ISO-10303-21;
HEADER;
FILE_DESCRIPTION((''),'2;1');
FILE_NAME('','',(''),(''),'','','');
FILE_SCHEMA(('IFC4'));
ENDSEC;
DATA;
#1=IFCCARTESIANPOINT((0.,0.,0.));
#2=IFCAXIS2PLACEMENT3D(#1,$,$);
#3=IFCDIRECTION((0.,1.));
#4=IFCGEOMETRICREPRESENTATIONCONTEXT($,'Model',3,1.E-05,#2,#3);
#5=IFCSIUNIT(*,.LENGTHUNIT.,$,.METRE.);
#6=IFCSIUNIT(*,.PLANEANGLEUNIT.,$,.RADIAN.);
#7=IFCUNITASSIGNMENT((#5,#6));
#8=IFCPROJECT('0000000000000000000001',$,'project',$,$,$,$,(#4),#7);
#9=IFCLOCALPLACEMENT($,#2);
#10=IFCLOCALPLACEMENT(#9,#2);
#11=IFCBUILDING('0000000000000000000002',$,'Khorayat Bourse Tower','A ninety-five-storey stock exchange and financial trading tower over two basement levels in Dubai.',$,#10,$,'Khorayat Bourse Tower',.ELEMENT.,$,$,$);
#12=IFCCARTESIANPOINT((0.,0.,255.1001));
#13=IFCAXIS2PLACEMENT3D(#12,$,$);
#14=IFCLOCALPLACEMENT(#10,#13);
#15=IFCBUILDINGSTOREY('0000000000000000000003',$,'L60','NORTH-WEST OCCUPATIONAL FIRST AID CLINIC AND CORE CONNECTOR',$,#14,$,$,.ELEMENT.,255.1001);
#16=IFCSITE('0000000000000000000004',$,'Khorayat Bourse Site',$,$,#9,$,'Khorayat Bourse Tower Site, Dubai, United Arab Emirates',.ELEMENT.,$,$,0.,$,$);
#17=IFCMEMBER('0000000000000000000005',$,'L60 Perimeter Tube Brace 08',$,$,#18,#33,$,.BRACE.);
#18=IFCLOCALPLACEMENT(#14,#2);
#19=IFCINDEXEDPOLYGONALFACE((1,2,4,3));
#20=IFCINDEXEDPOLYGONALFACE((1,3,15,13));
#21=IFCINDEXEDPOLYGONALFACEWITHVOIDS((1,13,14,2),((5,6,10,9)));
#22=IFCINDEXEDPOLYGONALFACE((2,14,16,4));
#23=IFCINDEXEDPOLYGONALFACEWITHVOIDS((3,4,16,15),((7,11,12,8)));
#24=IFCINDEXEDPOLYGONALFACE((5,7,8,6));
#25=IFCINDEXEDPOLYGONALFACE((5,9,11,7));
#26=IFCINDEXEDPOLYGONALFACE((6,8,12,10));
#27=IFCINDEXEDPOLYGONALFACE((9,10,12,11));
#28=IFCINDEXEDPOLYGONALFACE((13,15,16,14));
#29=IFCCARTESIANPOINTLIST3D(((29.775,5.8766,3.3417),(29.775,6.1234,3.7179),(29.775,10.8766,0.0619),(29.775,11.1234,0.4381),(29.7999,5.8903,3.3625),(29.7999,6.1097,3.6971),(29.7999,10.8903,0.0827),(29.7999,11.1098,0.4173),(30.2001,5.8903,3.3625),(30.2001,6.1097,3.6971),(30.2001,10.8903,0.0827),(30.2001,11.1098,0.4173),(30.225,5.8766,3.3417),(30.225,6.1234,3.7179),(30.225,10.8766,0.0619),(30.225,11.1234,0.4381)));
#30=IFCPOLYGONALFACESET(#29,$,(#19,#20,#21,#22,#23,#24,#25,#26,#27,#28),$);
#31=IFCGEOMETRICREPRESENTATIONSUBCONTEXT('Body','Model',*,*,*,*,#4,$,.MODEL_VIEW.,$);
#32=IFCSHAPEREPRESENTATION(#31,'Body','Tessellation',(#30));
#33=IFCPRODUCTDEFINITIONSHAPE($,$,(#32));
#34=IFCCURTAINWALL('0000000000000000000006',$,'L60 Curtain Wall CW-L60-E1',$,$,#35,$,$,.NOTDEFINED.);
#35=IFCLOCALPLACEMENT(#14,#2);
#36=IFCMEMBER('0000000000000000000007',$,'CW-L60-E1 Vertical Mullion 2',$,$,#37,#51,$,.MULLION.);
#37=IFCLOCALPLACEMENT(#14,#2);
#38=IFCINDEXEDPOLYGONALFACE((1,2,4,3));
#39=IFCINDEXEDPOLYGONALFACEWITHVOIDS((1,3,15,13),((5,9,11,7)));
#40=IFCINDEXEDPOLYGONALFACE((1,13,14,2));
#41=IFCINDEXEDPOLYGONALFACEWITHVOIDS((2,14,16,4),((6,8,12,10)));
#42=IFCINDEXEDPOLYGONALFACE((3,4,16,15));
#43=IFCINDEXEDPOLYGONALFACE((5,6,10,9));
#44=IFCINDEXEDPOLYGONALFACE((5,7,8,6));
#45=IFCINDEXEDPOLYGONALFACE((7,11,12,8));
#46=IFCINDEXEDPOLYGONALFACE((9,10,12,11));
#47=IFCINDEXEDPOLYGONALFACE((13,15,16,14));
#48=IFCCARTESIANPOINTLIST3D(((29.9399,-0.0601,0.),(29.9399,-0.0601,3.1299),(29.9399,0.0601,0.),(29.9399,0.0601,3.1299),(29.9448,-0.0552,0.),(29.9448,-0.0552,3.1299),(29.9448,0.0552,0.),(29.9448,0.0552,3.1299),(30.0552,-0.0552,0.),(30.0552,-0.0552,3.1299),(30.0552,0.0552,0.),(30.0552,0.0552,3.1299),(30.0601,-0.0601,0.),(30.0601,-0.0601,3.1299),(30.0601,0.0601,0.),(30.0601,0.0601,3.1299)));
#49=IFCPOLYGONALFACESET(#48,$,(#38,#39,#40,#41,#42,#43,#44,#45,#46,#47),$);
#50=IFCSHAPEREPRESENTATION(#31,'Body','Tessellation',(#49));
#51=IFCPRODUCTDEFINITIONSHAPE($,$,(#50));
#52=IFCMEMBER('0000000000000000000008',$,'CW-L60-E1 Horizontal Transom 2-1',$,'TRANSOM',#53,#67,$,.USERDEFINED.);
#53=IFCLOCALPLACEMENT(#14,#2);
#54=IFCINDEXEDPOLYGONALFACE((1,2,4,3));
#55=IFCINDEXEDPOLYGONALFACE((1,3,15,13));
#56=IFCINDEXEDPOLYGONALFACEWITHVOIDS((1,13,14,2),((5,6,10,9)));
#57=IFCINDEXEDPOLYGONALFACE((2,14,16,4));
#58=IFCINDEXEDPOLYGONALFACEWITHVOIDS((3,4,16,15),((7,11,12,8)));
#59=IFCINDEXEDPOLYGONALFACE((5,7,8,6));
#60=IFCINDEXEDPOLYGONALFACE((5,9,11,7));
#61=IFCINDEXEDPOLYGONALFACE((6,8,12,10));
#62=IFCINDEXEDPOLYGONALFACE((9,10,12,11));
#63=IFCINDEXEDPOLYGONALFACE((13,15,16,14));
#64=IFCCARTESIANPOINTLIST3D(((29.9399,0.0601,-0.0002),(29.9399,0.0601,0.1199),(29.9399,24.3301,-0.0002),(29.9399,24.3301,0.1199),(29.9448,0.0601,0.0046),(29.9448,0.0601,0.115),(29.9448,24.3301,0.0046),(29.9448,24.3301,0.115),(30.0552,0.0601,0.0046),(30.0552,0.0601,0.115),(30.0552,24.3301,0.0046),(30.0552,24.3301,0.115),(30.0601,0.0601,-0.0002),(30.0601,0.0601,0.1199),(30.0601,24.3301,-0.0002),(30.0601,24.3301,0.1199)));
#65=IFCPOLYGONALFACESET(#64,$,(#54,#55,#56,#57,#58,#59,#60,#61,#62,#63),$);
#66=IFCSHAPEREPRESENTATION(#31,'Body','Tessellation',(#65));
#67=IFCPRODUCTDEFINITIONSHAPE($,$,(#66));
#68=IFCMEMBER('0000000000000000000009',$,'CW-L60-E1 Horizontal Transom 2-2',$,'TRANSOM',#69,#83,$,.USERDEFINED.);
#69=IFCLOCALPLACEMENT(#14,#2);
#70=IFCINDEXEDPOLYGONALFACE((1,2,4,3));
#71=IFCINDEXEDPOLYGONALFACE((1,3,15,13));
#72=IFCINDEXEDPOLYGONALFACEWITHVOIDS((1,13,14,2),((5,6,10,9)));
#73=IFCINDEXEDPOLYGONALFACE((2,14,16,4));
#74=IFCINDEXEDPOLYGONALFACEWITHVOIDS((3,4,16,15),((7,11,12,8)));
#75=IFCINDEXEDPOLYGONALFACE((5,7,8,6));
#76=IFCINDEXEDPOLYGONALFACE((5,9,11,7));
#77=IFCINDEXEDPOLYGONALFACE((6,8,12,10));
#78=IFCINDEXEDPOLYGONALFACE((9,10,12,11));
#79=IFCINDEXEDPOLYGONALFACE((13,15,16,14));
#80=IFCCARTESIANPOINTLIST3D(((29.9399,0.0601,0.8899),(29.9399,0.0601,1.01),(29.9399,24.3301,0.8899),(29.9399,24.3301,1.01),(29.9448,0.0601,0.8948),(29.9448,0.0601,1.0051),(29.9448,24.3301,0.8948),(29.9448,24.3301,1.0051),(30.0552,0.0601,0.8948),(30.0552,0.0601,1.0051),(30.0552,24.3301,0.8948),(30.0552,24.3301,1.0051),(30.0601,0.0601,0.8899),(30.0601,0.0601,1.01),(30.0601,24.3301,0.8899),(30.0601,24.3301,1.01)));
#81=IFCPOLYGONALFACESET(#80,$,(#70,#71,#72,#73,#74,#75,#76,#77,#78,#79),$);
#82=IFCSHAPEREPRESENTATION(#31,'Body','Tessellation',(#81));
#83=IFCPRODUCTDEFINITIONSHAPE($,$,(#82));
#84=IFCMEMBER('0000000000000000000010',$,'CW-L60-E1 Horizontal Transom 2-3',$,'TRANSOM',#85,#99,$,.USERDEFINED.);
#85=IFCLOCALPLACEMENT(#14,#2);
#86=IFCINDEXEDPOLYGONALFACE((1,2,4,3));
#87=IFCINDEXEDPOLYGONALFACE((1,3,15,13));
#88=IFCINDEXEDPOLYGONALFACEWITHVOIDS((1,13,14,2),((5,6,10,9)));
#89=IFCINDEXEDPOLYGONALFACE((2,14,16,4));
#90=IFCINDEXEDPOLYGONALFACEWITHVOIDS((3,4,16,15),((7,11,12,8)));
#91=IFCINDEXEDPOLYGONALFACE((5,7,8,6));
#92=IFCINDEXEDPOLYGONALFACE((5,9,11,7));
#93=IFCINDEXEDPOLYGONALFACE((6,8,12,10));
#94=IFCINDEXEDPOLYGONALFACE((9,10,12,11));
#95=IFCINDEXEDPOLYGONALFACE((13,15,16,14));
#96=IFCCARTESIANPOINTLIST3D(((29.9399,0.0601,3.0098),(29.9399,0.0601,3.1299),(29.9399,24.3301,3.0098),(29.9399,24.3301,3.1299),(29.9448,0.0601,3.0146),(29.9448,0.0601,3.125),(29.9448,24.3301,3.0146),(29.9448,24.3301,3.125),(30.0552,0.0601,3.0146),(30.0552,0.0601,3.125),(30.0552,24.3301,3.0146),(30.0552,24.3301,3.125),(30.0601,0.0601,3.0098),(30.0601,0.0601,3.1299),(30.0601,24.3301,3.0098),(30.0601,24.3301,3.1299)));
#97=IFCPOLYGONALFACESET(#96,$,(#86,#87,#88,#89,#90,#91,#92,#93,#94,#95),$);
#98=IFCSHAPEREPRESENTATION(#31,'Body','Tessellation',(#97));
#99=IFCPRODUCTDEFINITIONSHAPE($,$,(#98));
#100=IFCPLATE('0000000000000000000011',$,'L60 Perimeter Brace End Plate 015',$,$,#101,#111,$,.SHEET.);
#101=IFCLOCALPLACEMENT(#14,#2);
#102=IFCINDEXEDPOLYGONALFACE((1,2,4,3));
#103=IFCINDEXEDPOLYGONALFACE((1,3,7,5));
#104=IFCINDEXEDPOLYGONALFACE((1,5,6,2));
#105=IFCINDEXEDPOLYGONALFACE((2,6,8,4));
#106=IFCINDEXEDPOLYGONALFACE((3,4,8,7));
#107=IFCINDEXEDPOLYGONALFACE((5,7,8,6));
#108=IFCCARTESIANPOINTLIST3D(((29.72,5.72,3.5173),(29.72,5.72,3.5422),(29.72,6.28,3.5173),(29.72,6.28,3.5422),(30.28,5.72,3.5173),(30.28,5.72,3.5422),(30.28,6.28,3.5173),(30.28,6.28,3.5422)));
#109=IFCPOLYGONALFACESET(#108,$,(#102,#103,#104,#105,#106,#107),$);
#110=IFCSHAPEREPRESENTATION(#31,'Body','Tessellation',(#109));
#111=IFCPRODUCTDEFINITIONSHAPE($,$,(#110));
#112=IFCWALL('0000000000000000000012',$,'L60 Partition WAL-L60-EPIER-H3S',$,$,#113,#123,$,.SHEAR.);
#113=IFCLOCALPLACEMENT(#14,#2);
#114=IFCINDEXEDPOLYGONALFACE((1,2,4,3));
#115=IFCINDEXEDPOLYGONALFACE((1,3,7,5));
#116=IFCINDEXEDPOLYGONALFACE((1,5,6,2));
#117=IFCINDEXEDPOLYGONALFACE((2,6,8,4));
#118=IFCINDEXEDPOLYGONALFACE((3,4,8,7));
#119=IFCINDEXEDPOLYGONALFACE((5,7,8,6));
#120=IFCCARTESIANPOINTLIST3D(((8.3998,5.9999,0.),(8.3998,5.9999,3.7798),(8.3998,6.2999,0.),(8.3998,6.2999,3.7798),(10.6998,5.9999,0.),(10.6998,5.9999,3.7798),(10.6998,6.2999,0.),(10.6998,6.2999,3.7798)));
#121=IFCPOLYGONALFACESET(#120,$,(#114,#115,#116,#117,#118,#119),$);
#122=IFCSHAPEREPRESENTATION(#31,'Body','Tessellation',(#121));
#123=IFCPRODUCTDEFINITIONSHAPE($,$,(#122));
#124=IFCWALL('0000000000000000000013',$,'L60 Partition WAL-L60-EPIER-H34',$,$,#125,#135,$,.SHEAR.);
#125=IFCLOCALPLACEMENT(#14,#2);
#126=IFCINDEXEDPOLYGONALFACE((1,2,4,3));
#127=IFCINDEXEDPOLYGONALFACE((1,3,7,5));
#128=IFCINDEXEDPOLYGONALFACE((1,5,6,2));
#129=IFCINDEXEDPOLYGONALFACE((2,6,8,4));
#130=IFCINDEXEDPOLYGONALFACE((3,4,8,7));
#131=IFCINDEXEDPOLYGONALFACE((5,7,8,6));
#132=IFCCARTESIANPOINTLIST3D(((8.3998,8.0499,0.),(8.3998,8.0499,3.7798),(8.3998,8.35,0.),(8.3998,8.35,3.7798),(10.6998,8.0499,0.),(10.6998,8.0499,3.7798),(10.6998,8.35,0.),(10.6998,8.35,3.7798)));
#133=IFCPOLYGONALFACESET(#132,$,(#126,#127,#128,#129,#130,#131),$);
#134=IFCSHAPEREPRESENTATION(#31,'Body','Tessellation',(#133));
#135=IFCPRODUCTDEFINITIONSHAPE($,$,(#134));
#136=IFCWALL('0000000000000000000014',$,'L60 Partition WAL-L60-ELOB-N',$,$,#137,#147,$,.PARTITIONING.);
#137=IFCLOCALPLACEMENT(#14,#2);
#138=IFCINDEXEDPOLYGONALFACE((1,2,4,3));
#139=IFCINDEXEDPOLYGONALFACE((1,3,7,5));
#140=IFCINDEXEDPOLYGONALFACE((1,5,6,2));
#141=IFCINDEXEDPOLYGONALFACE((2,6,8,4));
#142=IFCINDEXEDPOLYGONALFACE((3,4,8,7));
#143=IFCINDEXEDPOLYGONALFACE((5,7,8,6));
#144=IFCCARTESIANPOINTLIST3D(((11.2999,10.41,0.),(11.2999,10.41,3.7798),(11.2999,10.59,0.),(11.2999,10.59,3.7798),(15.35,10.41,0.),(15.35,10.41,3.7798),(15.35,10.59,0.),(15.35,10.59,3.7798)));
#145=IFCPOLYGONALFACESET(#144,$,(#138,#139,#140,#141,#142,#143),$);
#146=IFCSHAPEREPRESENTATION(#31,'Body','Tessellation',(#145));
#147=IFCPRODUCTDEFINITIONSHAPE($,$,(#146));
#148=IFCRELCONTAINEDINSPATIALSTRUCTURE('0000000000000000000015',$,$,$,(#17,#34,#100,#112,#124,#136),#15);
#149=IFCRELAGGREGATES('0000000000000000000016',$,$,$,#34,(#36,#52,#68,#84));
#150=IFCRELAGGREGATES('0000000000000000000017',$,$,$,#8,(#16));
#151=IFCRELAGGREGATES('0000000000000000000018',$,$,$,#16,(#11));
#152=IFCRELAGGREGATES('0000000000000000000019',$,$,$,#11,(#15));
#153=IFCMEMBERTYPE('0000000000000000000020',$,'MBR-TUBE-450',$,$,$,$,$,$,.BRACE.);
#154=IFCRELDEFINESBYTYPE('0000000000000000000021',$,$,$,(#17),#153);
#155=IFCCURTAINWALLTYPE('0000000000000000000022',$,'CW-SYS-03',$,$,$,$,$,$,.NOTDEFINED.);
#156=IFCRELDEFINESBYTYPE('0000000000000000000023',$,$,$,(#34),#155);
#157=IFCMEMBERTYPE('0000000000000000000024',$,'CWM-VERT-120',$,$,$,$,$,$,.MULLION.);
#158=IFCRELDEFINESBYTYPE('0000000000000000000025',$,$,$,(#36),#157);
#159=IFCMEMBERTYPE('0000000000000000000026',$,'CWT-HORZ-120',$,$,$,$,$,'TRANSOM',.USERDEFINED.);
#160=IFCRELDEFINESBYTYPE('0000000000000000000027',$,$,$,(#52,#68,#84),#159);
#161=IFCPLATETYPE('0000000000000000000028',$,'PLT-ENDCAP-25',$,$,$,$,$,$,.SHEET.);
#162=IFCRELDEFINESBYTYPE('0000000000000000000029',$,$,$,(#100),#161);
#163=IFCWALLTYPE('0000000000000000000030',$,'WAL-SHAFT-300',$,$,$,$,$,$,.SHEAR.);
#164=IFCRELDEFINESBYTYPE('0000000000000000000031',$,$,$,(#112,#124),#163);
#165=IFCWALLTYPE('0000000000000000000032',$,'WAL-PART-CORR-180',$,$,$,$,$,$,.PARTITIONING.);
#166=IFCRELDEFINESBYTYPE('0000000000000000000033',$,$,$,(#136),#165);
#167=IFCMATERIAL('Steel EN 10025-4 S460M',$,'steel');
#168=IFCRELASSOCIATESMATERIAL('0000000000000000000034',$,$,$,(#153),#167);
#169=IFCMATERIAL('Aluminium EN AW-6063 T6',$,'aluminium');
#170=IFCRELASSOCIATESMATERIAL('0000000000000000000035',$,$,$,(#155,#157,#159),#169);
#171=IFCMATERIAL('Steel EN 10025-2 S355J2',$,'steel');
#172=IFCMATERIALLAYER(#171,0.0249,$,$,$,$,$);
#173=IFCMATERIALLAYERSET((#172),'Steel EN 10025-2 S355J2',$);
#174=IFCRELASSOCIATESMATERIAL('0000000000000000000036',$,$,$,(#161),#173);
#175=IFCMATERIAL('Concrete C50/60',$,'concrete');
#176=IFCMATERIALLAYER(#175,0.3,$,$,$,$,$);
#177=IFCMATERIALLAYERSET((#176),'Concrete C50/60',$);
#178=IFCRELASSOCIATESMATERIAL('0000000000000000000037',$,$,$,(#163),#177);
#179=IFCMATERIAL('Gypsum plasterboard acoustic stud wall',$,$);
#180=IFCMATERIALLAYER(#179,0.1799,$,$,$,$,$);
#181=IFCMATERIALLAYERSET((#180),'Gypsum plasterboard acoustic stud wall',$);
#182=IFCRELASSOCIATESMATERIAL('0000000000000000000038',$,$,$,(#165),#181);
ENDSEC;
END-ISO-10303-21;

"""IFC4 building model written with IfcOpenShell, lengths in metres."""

from ifc_helpers import new_model, si_unit, direction, frame, frame_2d, origin, origin_2d, place, context, subcontext, project, spatial, rectangle, hollow_rectangle, extrude, source, transform, mapped, material, layer, layer_set, material_profile, profile_set, type_object, element, aggregate, save


model = new_model("IFC4")

# Units and contexts
model_context = context("Model", 3, precision=1e-05, world=origin(), true_north=direction((0.0, 1.0)))
body_context = subcontext(model_context, "Body", "Model", "MODEL_VIEW")
ifc_project = project(units=[si_unit("LENGTHUNIT", "METRE"), si_unit("PLANEANGLEUNIT", "RADIAN")], contexts=[model_context])

# Site, building, storey
site_placement = place(None, origin())
site = spatial("IfcSite", under=ifc_project, at=site_placement, Name="Khorayat Bourse Site", LongName="Khorayat Bourse Tower Site, Dubai, United Arab Emirates", CompositionType="ELEMENT", RefElevation=0.0)
building_placement = place(site_placement, origin())
building = spatial("IfcBuilding", under=site, at=building_placement, Name="Khorayat Bourse Tower", Description="A ninety-five-storey stock exchange and financial trading tower over two basement levels in Dubai.", LongName="Khorayat Bourse Tower", CompositionType="ELEMENT")
storey_placement = place(building_placement, frame((0.0, 0.0, 255.1001)))
storey = spatial("IfcBuildingStorey", under=building, at=storey_placement, Name="L60", Description="NORTH-WEST OCCUPATIONAL FIRST AID CLINIC AND CORE CONNECTOR", CompositionType="ELEMENT", Elevation=255.1001)

# Shared definitions
ifc_material_1 = material(Name="Steel EN 10025-4 S460M", Category="steel")

# Member
ifc_material_profile_1 = material_profile(ifc_material_1, hollow_rectangle(XDim=0.45, YDim=0.45, WallThickness=0.0249, at=origin_2d()), Name="HSS 450x450x25")
ifc_profile_set_1 = profile_set([ifc_material_profile_1], Name="Steel EN 10025-4 S460M")
member_type_1 = type_object("IfcMemberType", Name="MBR-TUBE-450", PredefinedType="BRACE", material=ifc_profile_set_1)
shared_shape_1 = source(origin(), body_context, "Body", "SweptSolid", [
    extrude(hollow_rectangle(XDim=0.45, YDim=0.45, WallThickness=0.0249, at=origin_2d()), origin(), (0.0, 0.0, 1.0), 5.9797),
])
member_1_placement = place(storey_placement, frame((30.0, 6.0, 3.5298), z_axis=(0.0, 0.83616, -0.548485), x_axis=(-1.0, 0.0, 0.0)))
element("IfcMember", 1, at=member_1_placement, inside=storey, type_object=member_type_1, Name="L60 Perimeter Tube Brace 08", PredefinedType="BRACE", context=body_context, shape_type="MappedRepresentation", body=[
    mapped(shared_shape_1, transform((0.0, 0.0, 0.0), scale=1.0)),
])

# Curtain wall, members
ifc_material_2 = material(Name="Aluminium EN AW-6063 T6", Category="aluminium")
curtain_wall_type = type_object("IfcCurtainWallType", Name="CW-SYS-03", PredefinedType="NOTDEFINED", material=ifc_material_2)
curtain_wall_placement = place(storey_placement, origin())
curtain_wall = element("IfcCurtainWall", 2, at=curtain_wall_placement, inside=storey, type_object=curtain_wall_type, Name="L60 Curtain Wall CW-L60-E1", PredefinedType="NOTDEFINED")
ifc_material_profile_2 = material_profile(ifc_material_2, hollow_rectangle(XDim=0.1201, YDim=0.1201, WallThickness=0.0049, at=origin_2d()), Name="ALU 120x120x5")
ifc_profile_set_2 = profile_set([ifc_material_profile_2], Name="Aluminium EN AW-6063 T6")
member_type_2 = type_object("IfcMemberType", Name="CWM-VERT-120", PredefinedType="MULLION", material=ifc_profile_set_2)
shared_shape_2 = source(origin(), body_context, "Body", "SweptSolid", [
    extrude(hollow_rectangle(XDim=0.1201, YDim=0.1201, WallThickness=0.0049, at=origin_2d()), origin(), (0.0, 0.0, 1.0), 3.1299),
])
member_2_placement = place(storey_placement, frame((30.0, 0.0, 0.0), z_axis=(0.0, 0.0, 1.0), x_axis=(-1.0, 0.0, 0.0)))
member_2 = element("IfcMember", 3, at=member_2_placement, type_object=member_type_2, Name="CW-L60-E1 Vertical Mullion 2", PredefinedType="MULLION", context=body_context, shape_type="MappedRepresentation", body=[
    mapped(shared_shape_2, transform((0.0, 0.0, 0.0), scale=1.0)),
])
ifc_material_profile_3 = material_profile(ifc_material_2, hollow_rectangle(XDim=0.1201, YDim=0.1201, WallThickness=0.0049, at=origin_2d()), Name="ALU 120x120x5")
ifc_profile_set_3 = profile_set([ifc_material_profile_3], Name="Aluminium EN AW-6063 T6")
member_type_3 = type_object("IfcMemberType", Name="CWT-HORZ-120", ElementType="TRANSOM", PredefinedType="USERDEFINED", material=ifc_profile_set_3)
shared_shape_3 = source(origin(), body_context, "Body", "SweptSolid", [
    extrude(hollow_rectangle(XDim=0.1201, YDim=0.1201, WallThickness=0.0049, at=origin_2d()), origin(), (0.0, 0.0, 1.0), 24.27),
])
member_3_placement = place(storey_placement, frame((30.0, 0.0601, 0.0598), z_axis=(0.0, 1.0, 0.0), x_axis=(-1.0, 0.0, 0.0)))
member_3 = element("IfcMember", 4, at=member_3_placement, type_object=member_type_3, Name="CW-L60-E1 Horizontal Transom 2-1", ObjectType="TRANSOM", PredefinedType="USERDEFINED", context=body_context, shape_type="MappedRepresentation", body=[
    mapped(shared_shape_3, transform((0.0, 0.0, 0.0), scale=1.0)),
])
member_4_placement = place(storey_placement, frame((30.0, 0.0601, 0.95), z_axis=(0.0, 1.0, 0.0), x_axis=(-1.0, 0.0, 0.0)))
member_4 = element("IfcMember", 5, at=member_4_placement, type_object=member_type_3, Name="CW-L60-E1 Horizontal Transom 2-2", ObjectType="TRANSOM", PredefinedType="USERDEFINED", context=body_context, shape_type="MappedRepresentation", body=[
    mapped(shared_shape_3, transform((0.0, 0.0, 0.0), scale=1.0)),
])
member_5_placement = place(storey_placement, frame((30.0, 0.0601, 3.0698), z_axis=(0.0, 1.0, 0.0), x_axis=(-1.0, 0.0, 0.0)))
member_5 = element("IfcMember", 6, at=member_5_placement, type_object=member_type_3, Name="CW-L60-E1 Horizontal Transom 2-3", ObjectType="TRANSOM", PredefinedType="USERDEFINED", context=body_context, shape_type="MappedRepresentation", body=[
    mapped(shared_shape_3, transform((0.0, 0.0, 0.0), scale=1.0)),
])
aggregate(curtain_wall, [member_2, member_3, member_4, member_5])

# Plate
ifc_material_3 = material(Name="Steel EN 10025-2 S355J2", Category="steel")
ifc_layer_1 = layer(ifc_material_3, 0.0249)
ifc_layer_set_1 = layer_set([ifc_layer_1], Name="Steel EN 10025-2 S355J2")
plate_type = type_object("IfcPlateType", Name="PLT-ENDCAP-25", PredefinedType="SHEET", material=ifc_layer_set_1)
shared_shape_4 = source(origin(), body_context, "Body", "SweptSolid", [
    extrude(rectangle(XDim=0.5601, YDim=0.5601, at=origin_2d()), origin(), (0.0, 0.0, 1.0), 0.0249),
])
plate_placement = place(storey_placement, frame((30.0, 6.0, 3.5173), z_axis=(0.0, 0.0, 1.0), x_axis=(1.0, 0.0, 0.0)))
element("IfcPlate", 7, at=plate_placement, inside=storey, type_object=plate_type, Name="L60 Perimeter Brace End Plate 015", PredefinedType="SHEET", context=body_context, shape_type="MappedRepresentation", body=[
    mapped(shared_shape_4, transform((0.0, 0.0, 0.0), scale=1.0)),
])

# Walls
ifc_material_4 = material(Name="Concrete C50/60", Category="concrete")
ifc_layer_2 = layer(ifc_material_4, 0.3)
ifc_layer_set_2 = layer_set([ifc_layer_2], Name="Concrete C50/60")
wall_type_1 = type_object("IfcWallType", Name="WAL-SHAFT-300", PredefinedType="SHEAR", material=ifc_layer_set_2)
shared_shape_5 = source(origin(), body_context, "Body", "SweptSolid", [
    extrude(rectangle(XDim=2.3, YDim=0.3, at=frame_2d((1.1499, 0.0))), origin(), (0.0, 0.0, 1.0), 3.7798),
])
for number, where, z_axis, x_axis, name in (
    (8, (8.3999, 6.1499, 0.0), (0.0, 0.0, 1.0), (1.0, 0.0, 0.0), "L60 Partition WAL-L60-EPIER-H3S"),
    (9, (8.3999, 8.2, 0.0), (0.0, 0.0, 1.0), (1.0, 0.0, 0.0), "L60 Partition WAL-L60-EPIER-H34"),
):
    element("IfcWall", number, at=place(storey_placement, frame(where, z_axis=z_axis, x_axis=x_axis)), inside=storey, type_object=wall_type_1, Name=name, PredefinedType="SHEAR", context=body_context, shape_type="MappedRepresentation", body=[
        mapped(shared_shape_5, transform((0.0, 0.0, 0.0), scale=1.0)),
    ])
ifc_material_5 = material(Name="Gypsum plasterboard acoustic stud wall")
ifc_layer_3 = layer(ifc_material_5, 0.1799)
ifc_layer_set_3 = layer_set([ifc_layer_3], Name="Gypsum plasterboard acoustic stud wall")
wall_type_2 = type_object("IfcWallType", Name="WAL-PART-CORR-180", PredefinedType="PARTITIONING", material=ifc_layer_set_3)
shared_shape_6 = source(origin(), body_context, "Body", "SweptSolid", [
    extrude(rectangle(XDim=4.05, YDim=0.1799, at=frame_2d((2.0249, 0.0))), origin(), (0.0, 0.0, 1.0), 3.7798),
])
wall_1_placement = place(storey_placement, frame((11.3, 10.5, 0.0), z_axis=(0.0, 0.0, 1.0), x_axis=(1.0, 0.0, 0.0)))
element("IfcWall", 10, at=wall_1_placement, inside=storey, type_object=wall_type_2, Name="L60 Partition WAL-L60-ELOB-N", PredefinedType="PARTITIONING", context=body_context, shape_type="MappedRepresentation", body=[
    mapped(shared_shape_6, transform((0.0, 0.0, 0.0), scale=1.0)),
])

save(model, "model.ifc")
